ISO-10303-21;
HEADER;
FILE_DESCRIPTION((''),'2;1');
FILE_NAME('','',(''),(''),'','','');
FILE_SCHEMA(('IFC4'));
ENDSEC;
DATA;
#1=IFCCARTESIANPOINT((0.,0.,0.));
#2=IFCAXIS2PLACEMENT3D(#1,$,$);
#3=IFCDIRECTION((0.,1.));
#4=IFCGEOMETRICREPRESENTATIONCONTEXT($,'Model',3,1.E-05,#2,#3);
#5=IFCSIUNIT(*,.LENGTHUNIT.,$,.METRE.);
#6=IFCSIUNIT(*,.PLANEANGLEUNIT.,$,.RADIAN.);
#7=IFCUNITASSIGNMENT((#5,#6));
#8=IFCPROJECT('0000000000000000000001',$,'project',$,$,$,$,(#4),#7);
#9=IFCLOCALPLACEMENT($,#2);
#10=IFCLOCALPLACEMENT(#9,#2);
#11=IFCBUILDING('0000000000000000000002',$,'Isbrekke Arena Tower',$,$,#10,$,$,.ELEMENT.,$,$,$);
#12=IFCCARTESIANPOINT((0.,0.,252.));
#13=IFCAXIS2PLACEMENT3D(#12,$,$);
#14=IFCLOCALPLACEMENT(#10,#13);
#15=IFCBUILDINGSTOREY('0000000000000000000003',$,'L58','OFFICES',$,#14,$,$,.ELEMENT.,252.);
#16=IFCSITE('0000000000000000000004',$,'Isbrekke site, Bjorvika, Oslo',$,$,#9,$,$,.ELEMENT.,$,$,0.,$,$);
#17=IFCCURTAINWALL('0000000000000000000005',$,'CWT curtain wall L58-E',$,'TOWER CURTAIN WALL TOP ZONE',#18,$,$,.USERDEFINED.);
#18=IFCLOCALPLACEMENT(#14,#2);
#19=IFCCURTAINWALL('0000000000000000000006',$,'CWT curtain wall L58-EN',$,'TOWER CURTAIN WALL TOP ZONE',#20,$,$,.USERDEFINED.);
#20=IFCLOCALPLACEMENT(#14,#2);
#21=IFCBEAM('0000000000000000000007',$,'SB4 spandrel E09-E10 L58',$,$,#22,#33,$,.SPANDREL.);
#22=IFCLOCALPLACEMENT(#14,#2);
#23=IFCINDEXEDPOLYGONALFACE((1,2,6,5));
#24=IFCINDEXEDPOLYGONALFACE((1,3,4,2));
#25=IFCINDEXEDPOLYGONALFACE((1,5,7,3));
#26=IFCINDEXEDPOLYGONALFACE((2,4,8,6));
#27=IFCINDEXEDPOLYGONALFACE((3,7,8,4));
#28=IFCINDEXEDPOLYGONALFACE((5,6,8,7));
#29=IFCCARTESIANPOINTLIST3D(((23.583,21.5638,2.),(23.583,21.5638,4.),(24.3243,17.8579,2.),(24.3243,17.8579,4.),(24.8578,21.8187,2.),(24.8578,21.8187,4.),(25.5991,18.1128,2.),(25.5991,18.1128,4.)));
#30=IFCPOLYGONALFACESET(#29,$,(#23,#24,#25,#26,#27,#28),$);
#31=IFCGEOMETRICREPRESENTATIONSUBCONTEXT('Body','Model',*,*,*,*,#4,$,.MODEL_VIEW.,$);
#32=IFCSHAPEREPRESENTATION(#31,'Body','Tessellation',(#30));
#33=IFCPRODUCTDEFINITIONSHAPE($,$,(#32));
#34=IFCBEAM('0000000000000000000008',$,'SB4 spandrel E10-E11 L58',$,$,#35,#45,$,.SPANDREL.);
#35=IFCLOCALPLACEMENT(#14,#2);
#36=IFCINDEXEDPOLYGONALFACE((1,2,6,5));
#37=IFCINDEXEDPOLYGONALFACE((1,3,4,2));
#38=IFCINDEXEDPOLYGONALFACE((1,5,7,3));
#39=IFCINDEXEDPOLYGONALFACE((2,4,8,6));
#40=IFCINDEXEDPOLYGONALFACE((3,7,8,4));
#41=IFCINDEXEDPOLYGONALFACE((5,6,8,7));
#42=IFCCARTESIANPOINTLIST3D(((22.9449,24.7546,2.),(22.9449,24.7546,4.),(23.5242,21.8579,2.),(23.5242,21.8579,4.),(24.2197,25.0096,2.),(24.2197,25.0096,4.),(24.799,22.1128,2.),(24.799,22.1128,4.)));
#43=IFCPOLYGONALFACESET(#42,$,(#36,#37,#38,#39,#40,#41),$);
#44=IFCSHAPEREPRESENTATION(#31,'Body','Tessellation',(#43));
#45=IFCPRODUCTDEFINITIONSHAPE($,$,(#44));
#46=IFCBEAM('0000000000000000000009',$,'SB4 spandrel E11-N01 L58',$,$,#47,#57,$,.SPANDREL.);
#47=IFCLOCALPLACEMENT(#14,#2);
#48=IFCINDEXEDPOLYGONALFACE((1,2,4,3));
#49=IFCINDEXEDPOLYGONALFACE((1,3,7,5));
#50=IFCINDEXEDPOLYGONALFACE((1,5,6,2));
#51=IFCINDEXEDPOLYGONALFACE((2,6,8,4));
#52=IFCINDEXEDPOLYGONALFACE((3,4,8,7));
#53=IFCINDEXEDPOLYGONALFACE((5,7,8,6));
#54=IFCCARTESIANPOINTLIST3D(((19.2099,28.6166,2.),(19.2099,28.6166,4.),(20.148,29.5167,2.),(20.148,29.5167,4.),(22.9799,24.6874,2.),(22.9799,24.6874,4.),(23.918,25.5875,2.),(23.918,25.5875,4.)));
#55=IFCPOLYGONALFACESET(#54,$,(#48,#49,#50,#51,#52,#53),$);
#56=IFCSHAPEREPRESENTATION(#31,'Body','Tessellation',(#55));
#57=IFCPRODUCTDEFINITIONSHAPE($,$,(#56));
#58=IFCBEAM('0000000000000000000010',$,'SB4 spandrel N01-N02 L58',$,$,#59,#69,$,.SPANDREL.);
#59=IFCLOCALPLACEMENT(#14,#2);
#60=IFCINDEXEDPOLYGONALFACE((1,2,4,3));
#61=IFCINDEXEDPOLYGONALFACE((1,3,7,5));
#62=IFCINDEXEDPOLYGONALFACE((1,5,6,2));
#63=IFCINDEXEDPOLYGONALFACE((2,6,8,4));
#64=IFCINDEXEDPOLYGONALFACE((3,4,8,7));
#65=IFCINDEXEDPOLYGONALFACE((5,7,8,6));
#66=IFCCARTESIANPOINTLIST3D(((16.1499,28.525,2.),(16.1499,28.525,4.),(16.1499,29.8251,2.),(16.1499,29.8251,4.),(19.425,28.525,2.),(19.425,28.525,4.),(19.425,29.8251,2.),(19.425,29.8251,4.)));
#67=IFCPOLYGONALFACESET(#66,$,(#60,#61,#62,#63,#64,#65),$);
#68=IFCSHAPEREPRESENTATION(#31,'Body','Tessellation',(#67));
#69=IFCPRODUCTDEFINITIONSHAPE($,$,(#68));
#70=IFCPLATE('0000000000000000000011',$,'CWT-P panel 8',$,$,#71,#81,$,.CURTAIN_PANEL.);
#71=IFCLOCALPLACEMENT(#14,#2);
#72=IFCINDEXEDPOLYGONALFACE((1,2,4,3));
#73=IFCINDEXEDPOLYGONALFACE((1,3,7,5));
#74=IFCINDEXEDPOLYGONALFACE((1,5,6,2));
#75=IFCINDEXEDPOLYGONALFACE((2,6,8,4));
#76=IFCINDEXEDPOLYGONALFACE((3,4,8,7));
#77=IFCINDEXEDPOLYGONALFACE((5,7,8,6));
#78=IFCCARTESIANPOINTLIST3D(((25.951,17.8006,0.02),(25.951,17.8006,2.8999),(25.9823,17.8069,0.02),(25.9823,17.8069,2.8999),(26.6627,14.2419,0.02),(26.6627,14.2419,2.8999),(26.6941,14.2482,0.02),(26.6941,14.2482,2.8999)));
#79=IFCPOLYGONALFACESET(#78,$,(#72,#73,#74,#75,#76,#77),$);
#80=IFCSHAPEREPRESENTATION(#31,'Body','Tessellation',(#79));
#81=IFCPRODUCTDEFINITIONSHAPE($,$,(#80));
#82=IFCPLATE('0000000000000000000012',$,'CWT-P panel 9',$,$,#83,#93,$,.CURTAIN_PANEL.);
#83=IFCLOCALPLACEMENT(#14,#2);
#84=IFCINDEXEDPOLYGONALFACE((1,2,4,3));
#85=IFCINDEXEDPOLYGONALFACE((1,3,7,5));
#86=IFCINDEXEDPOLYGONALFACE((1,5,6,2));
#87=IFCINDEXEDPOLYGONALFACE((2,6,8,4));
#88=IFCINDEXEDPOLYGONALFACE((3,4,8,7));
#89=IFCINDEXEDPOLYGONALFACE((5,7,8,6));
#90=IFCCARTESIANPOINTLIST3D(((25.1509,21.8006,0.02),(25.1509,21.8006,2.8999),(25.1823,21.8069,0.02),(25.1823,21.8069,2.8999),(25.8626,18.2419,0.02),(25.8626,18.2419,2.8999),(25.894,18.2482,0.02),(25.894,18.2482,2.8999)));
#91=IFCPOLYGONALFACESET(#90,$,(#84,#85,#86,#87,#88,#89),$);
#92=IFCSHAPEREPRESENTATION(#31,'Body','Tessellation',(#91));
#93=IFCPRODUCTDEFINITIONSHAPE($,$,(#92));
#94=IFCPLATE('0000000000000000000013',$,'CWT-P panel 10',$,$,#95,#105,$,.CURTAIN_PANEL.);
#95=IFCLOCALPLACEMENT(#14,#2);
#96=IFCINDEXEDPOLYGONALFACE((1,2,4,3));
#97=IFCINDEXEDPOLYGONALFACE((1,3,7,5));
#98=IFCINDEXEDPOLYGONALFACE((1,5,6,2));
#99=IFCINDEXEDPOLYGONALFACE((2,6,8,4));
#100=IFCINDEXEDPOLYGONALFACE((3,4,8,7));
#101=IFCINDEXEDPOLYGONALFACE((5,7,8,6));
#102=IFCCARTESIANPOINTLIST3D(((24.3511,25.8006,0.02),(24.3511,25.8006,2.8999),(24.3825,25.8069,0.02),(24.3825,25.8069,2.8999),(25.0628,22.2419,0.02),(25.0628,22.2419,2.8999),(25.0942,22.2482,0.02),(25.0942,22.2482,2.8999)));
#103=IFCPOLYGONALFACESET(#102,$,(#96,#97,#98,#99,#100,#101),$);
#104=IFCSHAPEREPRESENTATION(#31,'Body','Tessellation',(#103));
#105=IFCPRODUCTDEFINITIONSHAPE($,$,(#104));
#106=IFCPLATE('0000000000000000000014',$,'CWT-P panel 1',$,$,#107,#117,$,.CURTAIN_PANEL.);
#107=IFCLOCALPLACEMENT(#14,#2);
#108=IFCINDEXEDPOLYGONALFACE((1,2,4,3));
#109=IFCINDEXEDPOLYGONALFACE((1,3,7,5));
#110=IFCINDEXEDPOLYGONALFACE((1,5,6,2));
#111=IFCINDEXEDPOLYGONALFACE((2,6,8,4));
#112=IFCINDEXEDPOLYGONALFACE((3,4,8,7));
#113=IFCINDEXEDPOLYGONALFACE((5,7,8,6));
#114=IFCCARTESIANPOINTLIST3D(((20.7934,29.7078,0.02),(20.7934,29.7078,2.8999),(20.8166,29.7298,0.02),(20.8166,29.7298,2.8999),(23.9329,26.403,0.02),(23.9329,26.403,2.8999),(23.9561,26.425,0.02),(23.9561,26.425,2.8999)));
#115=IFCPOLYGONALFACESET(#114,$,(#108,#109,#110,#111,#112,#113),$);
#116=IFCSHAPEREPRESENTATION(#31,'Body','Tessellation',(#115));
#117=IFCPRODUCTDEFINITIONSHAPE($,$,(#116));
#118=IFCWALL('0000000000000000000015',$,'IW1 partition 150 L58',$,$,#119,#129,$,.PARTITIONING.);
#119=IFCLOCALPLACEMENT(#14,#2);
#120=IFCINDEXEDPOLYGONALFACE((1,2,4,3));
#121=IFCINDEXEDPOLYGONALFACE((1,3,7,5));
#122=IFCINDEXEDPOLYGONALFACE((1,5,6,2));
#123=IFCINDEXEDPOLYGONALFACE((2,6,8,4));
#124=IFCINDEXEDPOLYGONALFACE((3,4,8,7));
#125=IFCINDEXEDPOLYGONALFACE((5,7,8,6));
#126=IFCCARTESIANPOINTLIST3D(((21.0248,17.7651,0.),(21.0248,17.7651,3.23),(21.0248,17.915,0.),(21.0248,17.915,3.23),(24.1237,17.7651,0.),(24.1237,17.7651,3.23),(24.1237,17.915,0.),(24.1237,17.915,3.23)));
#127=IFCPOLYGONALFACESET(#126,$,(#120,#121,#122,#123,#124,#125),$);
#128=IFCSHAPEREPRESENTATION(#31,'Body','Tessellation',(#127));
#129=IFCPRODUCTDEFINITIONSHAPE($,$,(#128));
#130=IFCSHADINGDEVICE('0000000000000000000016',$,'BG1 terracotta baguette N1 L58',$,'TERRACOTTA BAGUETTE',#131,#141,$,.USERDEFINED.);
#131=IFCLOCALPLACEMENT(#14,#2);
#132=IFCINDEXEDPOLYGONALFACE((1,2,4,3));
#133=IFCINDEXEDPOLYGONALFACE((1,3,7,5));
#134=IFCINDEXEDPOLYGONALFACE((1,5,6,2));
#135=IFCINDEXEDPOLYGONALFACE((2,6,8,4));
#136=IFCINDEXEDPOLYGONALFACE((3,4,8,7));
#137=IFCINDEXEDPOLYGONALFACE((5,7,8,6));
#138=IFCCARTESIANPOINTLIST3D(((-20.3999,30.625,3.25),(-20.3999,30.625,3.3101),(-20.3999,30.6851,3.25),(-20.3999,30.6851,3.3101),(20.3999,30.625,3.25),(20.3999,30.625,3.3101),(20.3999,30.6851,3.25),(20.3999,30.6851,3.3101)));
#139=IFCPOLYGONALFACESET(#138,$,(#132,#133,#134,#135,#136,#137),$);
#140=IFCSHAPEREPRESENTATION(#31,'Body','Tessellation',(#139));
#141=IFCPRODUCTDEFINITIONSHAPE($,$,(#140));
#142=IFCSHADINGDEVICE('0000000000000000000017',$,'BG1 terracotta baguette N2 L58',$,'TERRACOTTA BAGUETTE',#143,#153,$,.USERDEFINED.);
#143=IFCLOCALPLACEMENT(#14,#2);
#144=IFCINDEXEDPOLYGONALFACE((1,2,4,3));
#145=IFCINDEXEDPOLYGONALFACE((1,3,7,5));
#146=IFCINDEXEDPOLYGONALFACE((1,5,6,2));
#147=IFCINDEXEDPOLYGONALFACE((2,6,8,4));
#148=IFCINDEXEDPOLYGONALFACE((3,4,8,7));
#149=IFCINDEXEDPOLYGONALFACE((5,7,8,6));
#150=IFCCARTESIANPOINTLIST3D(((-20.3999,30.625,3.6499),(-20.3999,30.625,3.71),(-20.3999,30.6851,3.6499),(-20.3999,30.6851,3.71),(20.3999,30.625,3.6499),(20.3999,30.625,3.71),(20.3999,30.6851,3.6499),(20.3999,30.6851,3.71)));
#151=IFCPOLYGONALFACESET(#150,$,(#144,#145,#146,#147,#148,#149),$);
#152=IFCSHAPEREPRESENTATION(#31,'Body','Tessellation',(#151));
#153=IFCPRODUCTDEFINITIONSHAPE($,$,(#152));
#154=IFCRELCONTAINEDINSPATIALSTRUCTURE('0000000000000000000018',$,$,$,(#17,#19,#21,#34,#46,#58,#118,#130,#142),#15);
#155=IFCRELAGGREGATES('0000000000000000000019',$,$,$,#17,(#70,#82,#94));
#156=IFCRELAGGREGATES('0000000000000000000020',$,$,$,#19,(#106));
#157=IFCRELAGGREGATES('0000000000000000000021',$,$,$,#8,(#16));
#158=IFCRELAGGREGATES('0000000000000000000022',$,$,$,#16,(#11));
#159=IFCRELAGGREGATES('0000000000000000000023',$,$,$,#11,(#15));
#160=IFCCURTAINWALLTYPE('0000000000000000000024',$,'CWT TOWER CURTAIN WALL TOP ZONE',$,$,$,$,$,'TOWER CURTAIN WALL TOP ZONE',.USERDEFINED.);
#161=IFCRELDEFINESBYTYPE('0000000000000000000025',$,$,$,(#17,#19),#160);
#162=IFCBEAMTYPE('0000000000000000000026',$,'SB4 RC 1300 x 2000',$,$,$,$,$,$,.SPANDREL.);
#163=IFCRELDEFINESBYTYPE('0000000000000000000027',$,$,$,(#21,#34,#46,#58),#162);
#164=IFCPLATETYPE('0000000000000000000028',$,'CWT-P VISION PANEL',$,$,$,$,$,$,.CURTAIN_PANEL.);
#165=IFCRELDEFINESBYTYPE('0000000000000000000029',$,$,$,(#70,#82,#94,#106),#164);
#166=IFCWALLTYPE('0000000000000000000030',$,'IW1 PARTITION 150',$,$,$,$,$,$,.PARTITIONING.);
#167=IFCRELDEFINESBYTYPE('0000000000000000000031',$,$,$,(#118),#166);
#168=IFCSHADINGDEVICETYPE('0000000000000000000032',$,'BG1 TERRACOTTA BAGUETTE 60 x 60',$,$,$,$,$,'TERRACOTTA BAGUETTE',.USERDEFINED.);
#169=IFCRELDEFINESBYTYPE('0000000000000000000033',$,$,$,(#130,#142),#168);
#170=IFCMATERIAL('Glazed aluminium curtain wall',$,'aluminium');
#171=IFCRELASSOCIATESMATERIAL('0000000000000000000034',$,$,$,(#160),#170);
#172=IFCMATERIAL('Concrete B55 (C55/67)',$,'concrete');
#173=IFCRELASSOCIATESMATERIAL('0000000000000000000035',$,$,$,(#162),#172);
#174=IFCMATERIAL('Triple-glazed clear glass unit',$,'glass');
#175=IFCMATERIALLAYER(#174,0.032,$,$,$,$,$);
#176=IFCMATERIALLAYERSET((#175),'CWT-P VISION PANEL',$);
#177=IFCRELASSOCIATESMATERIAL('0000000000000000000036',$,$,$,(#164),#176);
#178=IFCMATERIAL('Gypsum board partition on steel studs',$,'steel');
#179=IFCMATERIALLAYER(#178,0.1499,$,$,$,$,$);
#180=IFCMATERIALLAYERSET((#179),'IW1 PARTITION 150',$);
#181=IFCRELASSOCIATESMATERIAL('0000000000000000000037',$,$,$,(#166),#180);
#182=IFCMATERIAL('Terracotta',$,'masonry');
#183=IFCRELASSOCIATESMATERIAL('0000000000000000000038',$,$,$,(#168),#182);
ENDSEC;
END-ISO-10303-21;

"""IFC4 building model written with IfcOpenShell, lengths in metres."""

from ifc_helpers import new_model, si_unit, direction, frame, frame_2d, origin, origin_2d, place, context, subcontext, project, spatial, rectangle, extrude, material, layer, layer_set, material_profile, profile_set, type_object, element, aggregate, save


model = new_model("IFC4")

# Units and contexts
model_context = context("Model", 3, precision=1e-05, world=origin(), true_north=direction((0.0, 1.0)))
body_context = subcontext(model_context, "Body", "Model", "MODEL_VIEW")
ifc_project = project(units=[si_unit("LENGTHUNIT", "METRE"), si_unit("PLANEANGLEUNIT", "RADIAN")], contexts=[model_context])

# Site, building, storey
site_placement = place(None, origin())
site = spatial("IfcSite", under=ifc_project, at=site_placement, Name="Isbrekke site, Bjorvika, Oslo", CompositionType="ELEMENT", RefElevation=0.0)
building_placement = place(site_placement, origin())
building = spatial("IfcBuilding", under=site, at=building_placement, Name="Isbrekke Arena Tower", CompositionType="ELEMENT")
storey_placement = place(building_placement, frame((0.0, 0.0, 252.0)))
storey = spatial("IfcBuildingStorey", under=building, at=storey_placement, Name="L58", Description="OFFICES", CompositionType="ELEMENT", Elevation=252.0)

# Curtain walls
ifc_material_1 = material(Name="Glazed aluminium curtain wall", Category="aluminium")
curtain_wall_type = type_object("IfcCurtainWallType", Name="CWT TOWER CURTAIN WALL TOP ZONE", ElementType="TOWER CURTAIN WALL TOP ZONE", PredefinedType="USERDEFINED", material=ifc_material_1)
curtain_wall_1_placement = place(storey_placement, origin())
curtain_wall_1 = element("IfcCurtainWall", 1, at=curtain_wall_1_placement, inside=storey, type_object=curtain_wall_type, Name="CWT curtain wall L58-E", ObjectType="TOWER CURTAIN WALL TOP ZONE", PredefinedType="USERDEFINED")
curtain_wall_2_placement = place(storey_placement, origin())
curtain_wall_2 = element("IfcCurtainWall", 2, at=curtain_wall_2_placement, inside=storey, type_object=curtain_wall_type, Name="CWT curtain wall L58-EN", ObjectType="TOWER CURTAIN WALL TOP ZONE", PredefinedType="USERDEFINED")

# Beams
ifc_material_2 = material(Name="Concrete B55 (C55/67)", Category="concrete")
ifc_material_profile_1 = material_profile(ifc_material_2, rectangle(XDim=1.3, YDim=2.0, at=origin_2d()), Name="RC 1300x2000")
ifc_profile_set_1 = profile_set([ifc_material_profile_1], Name="Concrete B55 (C55/67)")
beam_type_1 = type_object("IfcBeamType", Name="SB4 RC 1300 x 2000", PredefinedType="SPANDREL", material=ifc_profile_set_1)
beam_1_placement = place(storey_placement, frame((24.9617, 17.9854, 3.0), z_axis=(-0.196129, 0.980578, 0.0), x_axis=(-0.980578, -0.196129, 0.0)))
element("IfcBeam", 3, at=beam_1_placement, inside=storey, type_object=beam_type_1, Name="SB4 spandrel E09-E10 L58", PredefinedType="SPANDREL", context=body_context, shape_type="SweptSolid", body=[
    extrude(rectangle(XDim=1.3, YDim=2.0, at=origin_2d()), origin(), (0.0, 0.0, 1.0), 3.7793),
])
beam_2_placement = place(storey_placement, frame((24.1616, 21.9854, 3.0), z_axis=(-0.196116, 0.980581, 0.0), x_axis=(-0.980581, -0.196116, 0.0)))
element("IfcBeam", 4, at=beam_2_placement, inside=storey, type_object=beam_type_1, Name="SB4 spandrel E10-E11 L58", PredefinedType="SPANDREL", context=body_context, shape_type="SweptSolid", body=[
    extrude(rectangle(XDim=1.3, YDim=2.0, at=origin_2d()), origin(), (0.0, 0.0, 1.0), 2.9541),
])
beam_3_placement = place(storey_placement, frame((23.449, 25.1375, 3.0), z_axis=(-0.69234, 0.721572, 0.0), x_axis=(-0.721572, -0.69234, 0.0)))
element("IfcBeam", 5, at=beam_3_placement, inside=storey, type_object=beam_type_1, Name="SB4 spandrel E11-N01 L58", PredefinedType="SPANDREL", context=body_context, shape_type="SweptSolid", body=[
    extrude(rectangle(XDim=1.3, YDim=2.0, at=origin_2d()), origin(), (0.0, 0.0, 1.0), 5.4453),
])
beam_4_placement = place(storey_placement, frame((19.425, 29.175, 3.0), z_axis=(-1.0, 0.0, 0.0), x_axis=(0.0, -1.0, 0.0)))
element("IfcBeam", 6, at=beam_4_placement, inside=storey, type_object=beam_type_1, Name="SB4 spandrel N01-N02 L58", PredefinedType="SPANDREL", context=body_context, shape_type="SweptSolid", body=[
    extrude(rectangle(XDim=1.3, YDim=2.0, at=origin_2d()), origin(), (0.0, 0.0, 1.0), 3.2751),
])

# Plates
ifc_material_3 = material(Name="Triple-glazed clear glass unit", Category="glass")
ifc_layer_1 = layer(ifc_material_3, 0.032)
ifc_layer_set_1 = layer_set([ifc_layer_1], Name="CWT-P VISION PANEL")
plate_type = type_object("IfcPlateType", Name="CWT-P VISION PANEL", PredefinedType="CURTAIN_PANEL", material=ifc_layer_set_1)
plate_1_placement = place(storey_placement, frame((26.3225, 16.0244, 0.02), z_axis=(0.0, 0.0, 1.0), x_axis=(-0.196116, 0.980581, 0.0)))
plate_1 = element("IfcPlate", 7, at=plate_1_placement, type_object=plate_type, Name="CWT-P panel 8", PredefinedType="CURTAIN_PANEL", context=body_context, shape_type="SweptSolid", body=[
    extrude(rectangle(XDim=3.6292, YDim=0.032, at=origin_2d()), origin(), (0.0, 0.0, 1.0), 2.8799),
])
plate_2_placement = place(storey_placement, frame((25.5225, 20.0244, 0.02), z_axis=(0.0, 0.0, 1.0), x_axis=(-0.196116, 0.980581, 0.0)))
plate_2 = element("IfcPlate", 8, at=plate_2_placement, type_object=plate_type, Name="CWT-P panel 9", PredefinedType="CURTAIN_PANEL", context=body_context, shape_type="SweptSolid", body=[
    extrude(rectangle(XDim=3.6292, YDim=0.032, at=origin_2d()), origin(), (0.0, 0.0, 1.0), 2.8799),
])
plate_3_placement = place(storey_placement, frame((24.7227, 24.0244, 0.02), z_axis=(0.0, 0.0, 1.0), x_axis=(-0.196116, 0.980581, 0.0)))
plate_3 = element("IfcPlate", 9, at=plate_3_placement, type_object=plate_type, Name="CWT-P panel 10", PredefinedType="CURTAIN_PANEL", context=body_context, shape_type="SweptSolid", body=[
    extrude(rectangle(XDim=3.6292, YDim=0.032, at=origin_2d()), origin(), (0.0, 0.0, 1.0), 2.8799),
])
aggregate(curtain_wall_1, [plate_1, plate_2, plate_3])
plate_4_placement = place(storey_placement, frame((22.3748, 28.0664, 0.02), z_axis=(0.0, 0.0, 1.0), x_axis=(-0.688749, 0.724999, 0.0)))
plate_4 = element("IfcPlate", 10, at=plate_4_placement, type_object=plate_type, Name="CWT-P panel 1", PredefinedType="CURTAIN_PANEL", context=body_context, shape_type="SweptSolid", body=[
    extrude(rectangle(XDim=4.5583, YDim=0.032, at=origin_2d()), origin(), (0.0, 0.0, 1.0), 2.8799),
])
aggregate(curtain_wall_2, [plate_4])

# Wall
ifc_material_4 = material(Name="Gypsum board partition on steel studs", Category="steel")
ifc_layer_2 = layer(ifc_material_4, 0.1499)
ifc_layer_set_2 = layer_set([ifc_layer_2], Name="IW1 PARTITION 150")
wall_type = type_object("IfcWallType", Name="IW1 PARTITION 150", PredefinedType="PARTITIONING", material=ifc_layer_set_2)
wall_placement = place(storey_placement, frame((21.0249, 17.8401, 0.0), z_axis=(0.0, 0.0, 1.0), x_axis=(1.0, 0.0, 0.0)))
element("IfcWall", 11, at=wall_placement, inside=storey, type_object=wall_type, Name="IW1 partition 150 L58", PredefinedType="PARTITIONING", context=body_context, shape_type="SweptSolid", body=[
    extrude(rectangle(XDim=3.0989, YDim=0.1499, at=frame_2d((1.5493, 0.0))), origin(), (0.0, 0.0, 1.0), 3.23),
])

# Shading devices
ifc_material_5 = material(Name="Terracotta", Category="masonry")
ifc_material_profile_2 = material_profile(ifc_material_5, rectangle(XDim=0.0601, YDim=0.0601, at=origin_2d()), Name="BAGUETTE 60X60")
ifc_profile_set_2 = profile_set([ifc_material_profile_2], Name="Terracotta")
shading_device_type = type_object("IfcShadingDeviceType", Name="BG1 TERRACOTTA BAGUETTE 60 x 60", ElementType="TERRACOTTA BAGUETTE", PredefinedType="USERDEFINED", material=ifc_profile_set_2)
for number, where, z_axis, x_axis, name in (
    (12, (20.3999, 30.655, 3.28), (-1.0, 0.0, 0.0), (0.0, -1.0, 0.0), "BG1 terracotta baguette N1 L58"),
    (13, (20.3999, 30.655, 3.6799), (-1.0, 0.0, 0.0), (0.0, -1.0, 0.0), "BG1 terracotta baguette N2 L58"),
):
    element("IfcShadingDevice", number, at=place(storey_placement, frame(where, z_axis=z_axis, x_axis=x_axis)), inside=storey, type_object=shading_device_type, Name=name, ObjectType="TERRACOTTA BAGUETTE", PredefinedType="USERDEFINED", context=body_context, shape_type="SweptSolid", body=[
        extrude(rectangle(XDim=0.0601, YDim=0.0601, at=origin_2d()), origin(), (0.0, 0.0, 1.0), 40.7998),
    ])

save(model, "model.ifc")
